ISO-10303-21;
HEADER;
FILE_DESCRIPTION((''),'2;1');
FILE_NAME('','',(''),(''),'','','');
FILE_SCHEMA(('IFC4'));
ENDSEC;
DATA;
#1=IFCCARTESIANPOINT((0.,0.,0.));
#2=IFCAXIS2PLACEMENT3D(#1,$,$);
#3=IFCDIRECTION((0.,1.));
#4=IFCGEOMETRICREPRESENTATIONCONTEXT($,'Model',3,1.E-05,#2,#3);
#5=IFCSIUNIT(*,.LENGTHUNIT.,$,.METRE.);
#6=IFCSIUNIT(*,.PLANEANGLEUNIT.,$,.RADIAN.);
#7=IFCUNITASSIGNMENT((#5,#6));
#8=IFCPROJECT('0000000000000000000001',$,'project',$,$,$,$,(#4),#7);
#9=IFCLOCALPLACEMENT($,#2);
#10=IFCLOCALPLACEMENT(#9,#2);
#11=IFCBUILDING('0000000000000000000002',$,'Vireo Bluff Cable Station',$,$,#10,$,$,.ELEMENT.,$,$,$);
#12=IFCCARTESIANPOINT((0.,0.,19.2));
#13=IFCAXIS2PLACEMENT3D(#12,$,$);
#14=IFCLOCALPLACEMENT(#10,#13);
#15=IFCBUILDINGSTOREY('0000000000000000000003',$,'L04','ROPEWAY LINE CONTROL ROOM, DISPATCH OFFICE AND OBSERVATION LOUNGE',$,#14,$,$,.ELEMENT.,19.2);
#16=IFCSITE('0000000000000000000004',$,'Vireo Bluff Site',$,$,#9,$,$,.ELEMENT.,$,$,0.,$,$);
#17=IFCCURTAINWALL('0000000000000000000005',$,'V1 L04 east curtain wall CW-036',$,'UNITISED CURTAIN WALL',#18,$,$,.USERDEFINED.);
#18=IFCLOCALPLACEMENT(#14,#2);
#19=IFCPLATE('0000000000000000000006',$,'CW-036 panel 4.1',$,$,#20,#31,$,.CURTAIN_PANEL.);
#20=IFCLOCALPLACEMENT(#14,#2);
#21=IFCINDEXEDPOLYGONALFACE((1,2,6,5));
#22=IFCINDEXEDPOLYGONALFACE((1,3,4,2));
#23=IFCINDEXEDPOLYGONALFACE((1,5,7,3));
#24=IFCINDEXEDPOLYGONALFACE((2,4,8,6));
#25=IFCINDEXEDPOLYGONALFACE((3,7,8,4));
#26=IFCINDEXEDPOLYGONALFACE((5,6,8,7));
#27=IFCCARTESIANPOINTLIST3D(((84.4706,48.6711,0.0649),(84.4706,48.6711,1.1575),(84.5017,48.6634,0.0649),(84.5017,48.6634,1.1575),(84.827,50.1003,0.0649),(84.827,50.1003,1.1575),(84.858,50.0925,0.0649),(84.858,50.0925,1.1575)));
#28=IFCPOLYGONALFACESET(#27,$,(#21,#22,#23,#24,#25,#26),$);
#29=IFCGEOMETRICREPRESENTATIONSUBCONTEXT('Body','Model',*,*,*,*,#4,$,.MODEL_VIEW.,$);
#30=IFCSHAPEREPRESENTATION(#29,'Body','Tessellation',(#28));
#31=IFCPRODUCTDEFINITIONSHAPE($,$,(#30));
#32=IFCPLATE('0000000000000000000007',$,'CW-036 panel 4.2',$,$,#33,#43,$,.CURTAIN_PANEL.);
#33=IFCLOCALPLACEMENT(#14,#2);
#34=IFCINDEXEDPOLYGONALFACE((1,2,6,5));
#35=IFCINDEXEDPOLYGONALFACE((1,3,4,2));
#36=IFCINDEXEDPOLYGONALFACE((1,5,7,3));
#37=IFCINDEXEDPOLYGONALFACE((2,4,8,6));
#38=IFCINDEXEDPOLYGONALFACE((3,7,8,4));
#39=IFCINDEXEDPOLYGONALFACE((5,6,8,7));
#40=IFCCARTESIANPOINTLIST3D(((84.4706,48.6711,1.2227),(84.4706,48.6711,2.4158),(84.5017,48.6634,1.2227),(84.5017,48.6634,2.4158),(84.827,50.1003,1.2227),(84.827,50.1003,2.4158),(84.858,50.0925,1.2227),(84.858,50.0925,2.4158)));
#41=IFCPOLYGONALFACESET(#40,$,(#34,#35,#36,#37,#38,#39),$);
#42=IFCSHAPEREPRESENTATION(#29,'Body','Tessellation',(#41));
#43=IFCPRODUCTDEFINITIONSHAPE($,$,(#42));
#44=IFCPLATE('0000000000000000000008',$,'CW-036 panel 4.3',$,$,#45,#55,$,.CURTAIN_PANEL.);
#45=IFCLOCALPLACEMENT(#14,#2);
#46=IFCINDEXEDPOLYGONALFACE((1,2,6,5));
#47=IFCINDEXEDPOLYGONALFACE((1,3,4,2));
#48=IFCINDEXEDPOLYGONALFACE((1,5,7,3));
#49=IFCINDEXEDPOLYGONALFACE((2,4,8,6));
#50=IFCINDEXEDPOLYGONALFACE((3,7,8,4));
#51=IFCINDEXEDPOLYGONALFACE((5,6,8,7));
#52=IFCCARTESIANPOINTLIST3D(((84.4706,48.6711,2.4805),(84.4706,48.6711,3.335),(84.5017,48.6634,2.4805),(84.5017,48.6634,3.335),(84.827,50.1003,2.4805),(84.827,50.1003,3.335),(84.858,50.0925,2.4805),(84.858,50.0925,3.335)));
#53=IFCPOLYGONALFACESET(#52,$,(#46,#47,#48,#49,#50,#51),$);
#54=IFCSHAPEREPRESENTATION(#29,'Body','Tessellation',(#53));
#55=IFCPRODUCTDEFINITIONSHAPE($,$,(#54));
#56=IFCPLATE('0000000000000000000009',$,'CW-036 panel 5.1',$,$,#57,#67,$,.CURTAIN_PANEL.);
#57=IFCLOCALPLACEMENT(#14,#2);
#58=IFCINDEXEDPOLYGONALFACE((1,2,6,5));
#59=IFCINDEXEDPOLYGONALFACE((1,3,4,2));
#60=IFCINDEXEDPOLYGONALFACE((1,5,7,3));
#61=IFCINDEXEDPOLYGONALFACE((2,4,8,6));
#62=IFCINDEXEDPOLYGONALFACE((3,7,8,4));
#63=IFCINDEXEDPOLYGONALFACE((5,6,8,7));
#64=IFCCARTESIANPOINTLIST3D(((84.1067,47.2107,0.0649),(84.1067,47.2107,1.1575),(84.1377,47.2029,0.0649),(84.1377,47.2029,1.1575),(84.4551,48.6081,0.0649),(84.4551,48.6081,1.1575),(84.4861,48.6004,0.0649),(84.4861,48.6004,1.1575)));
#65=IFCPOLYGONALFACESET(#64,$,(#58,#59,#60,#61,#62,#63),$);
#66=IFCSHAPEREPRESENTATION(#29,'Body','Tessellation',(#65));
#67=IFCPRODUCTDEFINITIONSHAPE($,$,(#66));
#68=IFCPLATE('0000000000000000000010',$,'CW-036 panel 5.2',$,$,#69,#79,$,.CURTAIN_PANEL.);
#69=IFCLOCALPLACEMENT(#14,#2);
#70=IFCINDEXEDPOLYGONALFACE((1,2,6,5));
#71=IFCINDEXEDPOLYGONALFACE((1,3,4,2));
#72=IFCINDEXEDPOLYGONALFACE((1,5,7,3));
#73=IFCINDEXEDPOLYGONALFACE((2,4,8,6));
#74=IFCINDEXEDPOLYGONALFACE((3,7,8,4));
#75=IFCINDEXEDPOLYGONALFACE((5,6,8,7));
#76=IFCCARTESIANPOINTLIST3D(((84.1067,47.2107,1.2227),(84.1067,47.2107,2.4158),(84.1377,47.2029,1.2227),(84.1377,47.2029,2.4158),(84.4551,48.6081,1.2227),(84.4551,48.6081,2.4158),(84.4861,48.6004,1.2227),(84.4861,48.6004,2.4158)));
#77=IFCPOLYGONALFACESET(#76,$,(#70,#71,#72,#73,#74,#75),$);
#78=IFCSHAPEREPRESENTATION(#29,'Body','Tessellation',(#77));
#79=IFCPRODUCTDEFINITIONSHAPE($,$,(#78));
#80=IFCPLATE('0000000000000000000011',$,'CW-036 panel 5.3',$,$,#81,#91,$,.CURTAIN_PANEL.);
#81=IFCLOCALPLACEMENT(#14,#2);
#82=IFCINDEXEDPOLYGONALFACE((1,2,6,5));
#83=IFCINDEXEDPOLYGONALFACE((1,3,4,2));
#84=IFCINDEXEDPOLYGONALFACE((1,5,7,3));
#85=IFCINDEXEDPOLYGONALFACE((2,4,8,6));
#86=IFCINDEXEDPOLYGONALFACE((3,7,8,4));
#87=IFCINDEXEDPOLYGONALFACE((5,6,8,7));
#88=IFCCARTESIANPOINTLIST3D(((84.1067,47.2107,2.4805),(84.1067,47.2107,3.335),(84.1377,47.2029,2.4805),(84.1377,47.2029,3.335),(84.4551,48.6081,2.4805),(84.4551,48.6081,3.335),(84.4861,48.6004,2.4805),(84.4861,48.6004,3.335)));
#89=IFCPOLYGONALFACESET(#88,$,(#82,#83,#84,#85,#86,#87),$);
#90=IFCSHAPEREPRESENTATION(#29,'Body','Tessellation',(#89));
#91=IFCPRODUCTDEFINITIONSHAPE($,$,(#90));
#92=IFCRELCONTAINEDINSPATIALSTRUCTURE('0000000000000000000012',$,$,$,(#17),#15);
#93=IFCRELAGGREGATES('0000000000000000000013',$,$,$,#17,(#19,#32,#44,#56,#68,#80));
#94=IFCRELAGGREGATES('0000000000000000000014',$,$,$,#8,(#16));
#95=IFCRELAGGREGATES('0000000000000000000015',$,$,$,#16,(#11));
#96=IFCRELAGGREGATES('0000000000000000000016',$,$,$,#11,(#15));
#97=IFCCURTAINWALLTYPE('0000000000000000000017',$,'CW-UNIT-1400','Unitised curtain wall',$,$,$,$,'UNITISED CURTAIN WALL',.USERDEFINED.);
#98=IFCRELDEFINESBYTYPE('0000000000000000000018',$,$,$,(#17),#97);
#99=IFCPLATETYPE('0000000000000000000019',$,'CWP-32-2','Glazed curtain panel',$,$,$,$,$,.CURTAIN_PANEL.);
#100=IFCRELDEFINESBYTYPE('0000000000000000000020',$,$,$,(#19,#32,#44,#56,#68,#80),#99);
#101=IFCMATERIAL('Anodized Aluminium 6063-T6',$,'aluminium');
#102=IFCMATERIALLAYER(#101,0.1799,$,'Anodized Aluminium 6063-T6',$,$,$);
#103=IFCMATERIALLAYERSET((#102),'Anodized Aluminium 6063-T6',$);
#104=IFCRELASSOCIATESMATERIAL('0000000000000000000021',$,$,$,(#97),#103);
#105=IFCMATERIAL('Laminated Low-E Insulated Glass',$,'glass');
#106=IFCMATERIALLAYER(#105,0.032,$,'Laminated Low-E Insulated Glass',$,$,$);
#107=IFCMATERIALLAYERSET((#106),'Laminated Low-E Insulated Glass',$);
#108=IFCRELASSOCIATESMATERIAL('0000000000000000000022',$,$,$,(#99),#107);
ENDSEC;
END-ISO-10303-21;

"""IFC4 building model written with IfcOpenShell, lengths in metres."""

from ifc_helpers import new_model, si_unit, direction, frame, origin, origin_2d, place, context, subcontext, project, spatial, rectangle, extrude, material, layer, layer_set, type_object, element, aggregate, save


model = new_model("IFC4")

# Units and contexts
model_context = context("Model", 3, precision=1e-05, world=origin(), true_north=direction((0.0, 1.0)))
body_context = subcontext(model_context, "Body", "Model", "MODEL_VIEW")
ifc_project = project(units=[si_unit("LENGTHUNIT", "METRE"), si_unit("PLANEANGLEUNIT", "RADIAN")], contexts=[model_context])

# Site, building, storey
site_placement = place(None, origin())
site = spatial("IfcSite", under=ifc_project, at=site_placement, Name="Vireo Bluff Site", CompositionType="ELEMENT", RefElevation=0.0)
building_placement = place(site_placement, origin())
building = spatial("IfcBuilding", under=site, at=building_placement, Name="Vireo Bluff Cable Station", CompositionType="ELEMENT")
storey_placement = place(building_placement, frame((0.0, 0.0, 19.2)))
storey = spatial("IfcBuildingStorey", under=building, at=storey_placement, Name="L04", Description="ROPEWAY LINE CONTROL ROOM, DISPATCH OFFICE AND OBSERVATION LOUNGE", CompositionType="ELEMENT", Elevation=19.2)

# Curtain wall
ifc_material_1 = material(Name="Anodized Aluminium 6063-T6", Category="aluminium")
ifc_layer_1 = layer(ifc_material_1, 0.1799, Name="Anodized Aluminium 6063-T6")
ifc_layer_set_1 = layer_set([ifc_layer_1], Name="Anodized Aluminium 6063-T6")
curtain_wall_type_1 = type_object("IfcCurtainWallType", Name="CW-UNIT-1400", Description="Unitised curtain wall", ElementType="UNITISED CURTAIN WALL", PredefinedType="USERDEFINED", material=ifc_layer_set_1)
curtain_wall_1_placement = place(storey_placement, origin())
curtain_wall_1 = element("IfcCurtainWall", 1, at=curtain_wall_1_placement, inside=storey, type_object=curtain_wall_type_1, Name="V1 L04 east curtain wall CW-036", ObjectType="UNITISED CURTAIN WALL", PredefinedType="USERDEFINED")

# Plates
ifc_material_2 = material(Name="Laminated Low-E Insulated Glass", Category="glass")
ifc_layer_2 = layer(ifc_material_2, 0.032, Name="Laminated Low-E Insulated Glass")
ifc_layer_set_2 = layer_set([ifc_layer_2], Name="Laminated Low-E Insulated Glass")
plate_type = type_object("IfcPlateType", Name="CWP-32-2", Description="Glazed curtain panel", PredefinedType="CURTAIN_PANEL", material=ifc_layer_set_2)
plate_1_placement = place(storey_placement, frame((84.6643, 49.3818, 0.0649), z_axis=(0.0, 0.0, 1.0), x_axis=(-0.241922, -0.970296, 0.0)))
plate_1 = element("IfcPlate", 2, at=plate_1_placement, type_object=plate_type, Name="CW-036 panel 4.1", PredefinedType="CURTAIN_PANEL", context=body_context, shape_type="SweptSolid", body=[
    extrude(rectangle(XDim=1.4729, YDim=0.032, at=origin_2d()), origin(), (0.0, 0.0, 1.0), 1.0925),
])
plate_2_placement = place(storey_placement, frame((84.6643, 49.3818, 1.2227), z_axis=(0.0, 0.0, 1.0), x_axis=(-0.241922, -0.970296, 0.0)))
plate_2 = element("IfcPlate", 3, at=plate_2_placement, type_object=plate_type, Name="CW-036 panel 4.2", PredefinedType="CURTAIN_PANEL", context=body_context, shape_type="SweptSolid", body=[
    extrude(rectangle(XDim=1.4729, YDim=0.032, at=origin_2d()), origin(), (0.0, 0.0, 1.0), 1.1931),
])
plate_3_placement = place(storey_placement, frame((84.6643, 49.3818, 2.4805), z_axis=(0.0, 0.0, 1.0), x_axis=(-0.241922, -0.970296, 0.0)))
plate_3 = element("IfcPlate", 4, at=plate_3_placement, type_object=plate_type, Name="CW-036 panel 4.3", PredefinedType="CURTAIN_PANEL", context=body_context, shape_type="SweptSolid", body=[
    extrude(rectangle(XDim=1.4729, YDim=0.032, at=origin_2d()), origin(), (0.0, 0.0, 1.0), 0.8545),
])
plate_4_placement = place(storey_placement, frame((84.2964, 47.9055, 0.0649), z_axis=(0.0, 0.0, 1.0), x_axis=(-0.241922, -0.970296, 0.0)))
plate_4 = element("IfcPlate", 5, at=plate_4_placement, type_object=plate_type, Name="CW-036 panel 5.1", PredefinedType="CURTAIN_PANEL", context=body_context, shape_type="SweptSolid", body=[
    extrude(rectangle(XDim=1.4402, YDim=0.032, at=origin_2d()), origin(), (0.0, 0.0, 1.0), 1.0925),
])
plate_5_placement = place(storey_placement, frame((84.2964, 47.9055, 1.2227), z_axis=(0.0, 0.0, 1.0), x_axis=(-0.241922, -0.970296, 0.0)))
plate_5 = element("IfcPlate", 6, at=plate_5_placement, type_object=plate_type, Name="CW-036 panel 5.2", PredefinedType="CURTAIN_PANEL", context=body_context, shape_type="SweptSolid", body=[
    extrude(rectangle(XDim=1.4402, YDim=0.032, at=origin_2d()), origin(), (0.0, 0.0, 1.0), 1.1931),
])
plate_6_placement = place(storey_placement, frame((84.2964, 47.9055, 2.4805), z_axis=(0.0, 0.0, 1.0), x_axis=(-0.241922, -0.970296, 0.0)))
plate_6 = element("IfcPlate", 7, at=plate_6_placement, type_object=plate_type, Name="CW-036 panel 5.3", PredefinedType="CURTAIN_PANEL", context=body_context, shape_type="SweptSolid", body=[
    extrude(rectangle(XDim=1.4402, YDim=0.032, at=origin_2d()), origin(), (0.0, 0.0, 1.0), 0.8545),
])
aggregate(curtain_wall_1, [plate_1, plate_2, plate_3, plate_4, plate_5, plate_6])

save(model, "model.ifc")
